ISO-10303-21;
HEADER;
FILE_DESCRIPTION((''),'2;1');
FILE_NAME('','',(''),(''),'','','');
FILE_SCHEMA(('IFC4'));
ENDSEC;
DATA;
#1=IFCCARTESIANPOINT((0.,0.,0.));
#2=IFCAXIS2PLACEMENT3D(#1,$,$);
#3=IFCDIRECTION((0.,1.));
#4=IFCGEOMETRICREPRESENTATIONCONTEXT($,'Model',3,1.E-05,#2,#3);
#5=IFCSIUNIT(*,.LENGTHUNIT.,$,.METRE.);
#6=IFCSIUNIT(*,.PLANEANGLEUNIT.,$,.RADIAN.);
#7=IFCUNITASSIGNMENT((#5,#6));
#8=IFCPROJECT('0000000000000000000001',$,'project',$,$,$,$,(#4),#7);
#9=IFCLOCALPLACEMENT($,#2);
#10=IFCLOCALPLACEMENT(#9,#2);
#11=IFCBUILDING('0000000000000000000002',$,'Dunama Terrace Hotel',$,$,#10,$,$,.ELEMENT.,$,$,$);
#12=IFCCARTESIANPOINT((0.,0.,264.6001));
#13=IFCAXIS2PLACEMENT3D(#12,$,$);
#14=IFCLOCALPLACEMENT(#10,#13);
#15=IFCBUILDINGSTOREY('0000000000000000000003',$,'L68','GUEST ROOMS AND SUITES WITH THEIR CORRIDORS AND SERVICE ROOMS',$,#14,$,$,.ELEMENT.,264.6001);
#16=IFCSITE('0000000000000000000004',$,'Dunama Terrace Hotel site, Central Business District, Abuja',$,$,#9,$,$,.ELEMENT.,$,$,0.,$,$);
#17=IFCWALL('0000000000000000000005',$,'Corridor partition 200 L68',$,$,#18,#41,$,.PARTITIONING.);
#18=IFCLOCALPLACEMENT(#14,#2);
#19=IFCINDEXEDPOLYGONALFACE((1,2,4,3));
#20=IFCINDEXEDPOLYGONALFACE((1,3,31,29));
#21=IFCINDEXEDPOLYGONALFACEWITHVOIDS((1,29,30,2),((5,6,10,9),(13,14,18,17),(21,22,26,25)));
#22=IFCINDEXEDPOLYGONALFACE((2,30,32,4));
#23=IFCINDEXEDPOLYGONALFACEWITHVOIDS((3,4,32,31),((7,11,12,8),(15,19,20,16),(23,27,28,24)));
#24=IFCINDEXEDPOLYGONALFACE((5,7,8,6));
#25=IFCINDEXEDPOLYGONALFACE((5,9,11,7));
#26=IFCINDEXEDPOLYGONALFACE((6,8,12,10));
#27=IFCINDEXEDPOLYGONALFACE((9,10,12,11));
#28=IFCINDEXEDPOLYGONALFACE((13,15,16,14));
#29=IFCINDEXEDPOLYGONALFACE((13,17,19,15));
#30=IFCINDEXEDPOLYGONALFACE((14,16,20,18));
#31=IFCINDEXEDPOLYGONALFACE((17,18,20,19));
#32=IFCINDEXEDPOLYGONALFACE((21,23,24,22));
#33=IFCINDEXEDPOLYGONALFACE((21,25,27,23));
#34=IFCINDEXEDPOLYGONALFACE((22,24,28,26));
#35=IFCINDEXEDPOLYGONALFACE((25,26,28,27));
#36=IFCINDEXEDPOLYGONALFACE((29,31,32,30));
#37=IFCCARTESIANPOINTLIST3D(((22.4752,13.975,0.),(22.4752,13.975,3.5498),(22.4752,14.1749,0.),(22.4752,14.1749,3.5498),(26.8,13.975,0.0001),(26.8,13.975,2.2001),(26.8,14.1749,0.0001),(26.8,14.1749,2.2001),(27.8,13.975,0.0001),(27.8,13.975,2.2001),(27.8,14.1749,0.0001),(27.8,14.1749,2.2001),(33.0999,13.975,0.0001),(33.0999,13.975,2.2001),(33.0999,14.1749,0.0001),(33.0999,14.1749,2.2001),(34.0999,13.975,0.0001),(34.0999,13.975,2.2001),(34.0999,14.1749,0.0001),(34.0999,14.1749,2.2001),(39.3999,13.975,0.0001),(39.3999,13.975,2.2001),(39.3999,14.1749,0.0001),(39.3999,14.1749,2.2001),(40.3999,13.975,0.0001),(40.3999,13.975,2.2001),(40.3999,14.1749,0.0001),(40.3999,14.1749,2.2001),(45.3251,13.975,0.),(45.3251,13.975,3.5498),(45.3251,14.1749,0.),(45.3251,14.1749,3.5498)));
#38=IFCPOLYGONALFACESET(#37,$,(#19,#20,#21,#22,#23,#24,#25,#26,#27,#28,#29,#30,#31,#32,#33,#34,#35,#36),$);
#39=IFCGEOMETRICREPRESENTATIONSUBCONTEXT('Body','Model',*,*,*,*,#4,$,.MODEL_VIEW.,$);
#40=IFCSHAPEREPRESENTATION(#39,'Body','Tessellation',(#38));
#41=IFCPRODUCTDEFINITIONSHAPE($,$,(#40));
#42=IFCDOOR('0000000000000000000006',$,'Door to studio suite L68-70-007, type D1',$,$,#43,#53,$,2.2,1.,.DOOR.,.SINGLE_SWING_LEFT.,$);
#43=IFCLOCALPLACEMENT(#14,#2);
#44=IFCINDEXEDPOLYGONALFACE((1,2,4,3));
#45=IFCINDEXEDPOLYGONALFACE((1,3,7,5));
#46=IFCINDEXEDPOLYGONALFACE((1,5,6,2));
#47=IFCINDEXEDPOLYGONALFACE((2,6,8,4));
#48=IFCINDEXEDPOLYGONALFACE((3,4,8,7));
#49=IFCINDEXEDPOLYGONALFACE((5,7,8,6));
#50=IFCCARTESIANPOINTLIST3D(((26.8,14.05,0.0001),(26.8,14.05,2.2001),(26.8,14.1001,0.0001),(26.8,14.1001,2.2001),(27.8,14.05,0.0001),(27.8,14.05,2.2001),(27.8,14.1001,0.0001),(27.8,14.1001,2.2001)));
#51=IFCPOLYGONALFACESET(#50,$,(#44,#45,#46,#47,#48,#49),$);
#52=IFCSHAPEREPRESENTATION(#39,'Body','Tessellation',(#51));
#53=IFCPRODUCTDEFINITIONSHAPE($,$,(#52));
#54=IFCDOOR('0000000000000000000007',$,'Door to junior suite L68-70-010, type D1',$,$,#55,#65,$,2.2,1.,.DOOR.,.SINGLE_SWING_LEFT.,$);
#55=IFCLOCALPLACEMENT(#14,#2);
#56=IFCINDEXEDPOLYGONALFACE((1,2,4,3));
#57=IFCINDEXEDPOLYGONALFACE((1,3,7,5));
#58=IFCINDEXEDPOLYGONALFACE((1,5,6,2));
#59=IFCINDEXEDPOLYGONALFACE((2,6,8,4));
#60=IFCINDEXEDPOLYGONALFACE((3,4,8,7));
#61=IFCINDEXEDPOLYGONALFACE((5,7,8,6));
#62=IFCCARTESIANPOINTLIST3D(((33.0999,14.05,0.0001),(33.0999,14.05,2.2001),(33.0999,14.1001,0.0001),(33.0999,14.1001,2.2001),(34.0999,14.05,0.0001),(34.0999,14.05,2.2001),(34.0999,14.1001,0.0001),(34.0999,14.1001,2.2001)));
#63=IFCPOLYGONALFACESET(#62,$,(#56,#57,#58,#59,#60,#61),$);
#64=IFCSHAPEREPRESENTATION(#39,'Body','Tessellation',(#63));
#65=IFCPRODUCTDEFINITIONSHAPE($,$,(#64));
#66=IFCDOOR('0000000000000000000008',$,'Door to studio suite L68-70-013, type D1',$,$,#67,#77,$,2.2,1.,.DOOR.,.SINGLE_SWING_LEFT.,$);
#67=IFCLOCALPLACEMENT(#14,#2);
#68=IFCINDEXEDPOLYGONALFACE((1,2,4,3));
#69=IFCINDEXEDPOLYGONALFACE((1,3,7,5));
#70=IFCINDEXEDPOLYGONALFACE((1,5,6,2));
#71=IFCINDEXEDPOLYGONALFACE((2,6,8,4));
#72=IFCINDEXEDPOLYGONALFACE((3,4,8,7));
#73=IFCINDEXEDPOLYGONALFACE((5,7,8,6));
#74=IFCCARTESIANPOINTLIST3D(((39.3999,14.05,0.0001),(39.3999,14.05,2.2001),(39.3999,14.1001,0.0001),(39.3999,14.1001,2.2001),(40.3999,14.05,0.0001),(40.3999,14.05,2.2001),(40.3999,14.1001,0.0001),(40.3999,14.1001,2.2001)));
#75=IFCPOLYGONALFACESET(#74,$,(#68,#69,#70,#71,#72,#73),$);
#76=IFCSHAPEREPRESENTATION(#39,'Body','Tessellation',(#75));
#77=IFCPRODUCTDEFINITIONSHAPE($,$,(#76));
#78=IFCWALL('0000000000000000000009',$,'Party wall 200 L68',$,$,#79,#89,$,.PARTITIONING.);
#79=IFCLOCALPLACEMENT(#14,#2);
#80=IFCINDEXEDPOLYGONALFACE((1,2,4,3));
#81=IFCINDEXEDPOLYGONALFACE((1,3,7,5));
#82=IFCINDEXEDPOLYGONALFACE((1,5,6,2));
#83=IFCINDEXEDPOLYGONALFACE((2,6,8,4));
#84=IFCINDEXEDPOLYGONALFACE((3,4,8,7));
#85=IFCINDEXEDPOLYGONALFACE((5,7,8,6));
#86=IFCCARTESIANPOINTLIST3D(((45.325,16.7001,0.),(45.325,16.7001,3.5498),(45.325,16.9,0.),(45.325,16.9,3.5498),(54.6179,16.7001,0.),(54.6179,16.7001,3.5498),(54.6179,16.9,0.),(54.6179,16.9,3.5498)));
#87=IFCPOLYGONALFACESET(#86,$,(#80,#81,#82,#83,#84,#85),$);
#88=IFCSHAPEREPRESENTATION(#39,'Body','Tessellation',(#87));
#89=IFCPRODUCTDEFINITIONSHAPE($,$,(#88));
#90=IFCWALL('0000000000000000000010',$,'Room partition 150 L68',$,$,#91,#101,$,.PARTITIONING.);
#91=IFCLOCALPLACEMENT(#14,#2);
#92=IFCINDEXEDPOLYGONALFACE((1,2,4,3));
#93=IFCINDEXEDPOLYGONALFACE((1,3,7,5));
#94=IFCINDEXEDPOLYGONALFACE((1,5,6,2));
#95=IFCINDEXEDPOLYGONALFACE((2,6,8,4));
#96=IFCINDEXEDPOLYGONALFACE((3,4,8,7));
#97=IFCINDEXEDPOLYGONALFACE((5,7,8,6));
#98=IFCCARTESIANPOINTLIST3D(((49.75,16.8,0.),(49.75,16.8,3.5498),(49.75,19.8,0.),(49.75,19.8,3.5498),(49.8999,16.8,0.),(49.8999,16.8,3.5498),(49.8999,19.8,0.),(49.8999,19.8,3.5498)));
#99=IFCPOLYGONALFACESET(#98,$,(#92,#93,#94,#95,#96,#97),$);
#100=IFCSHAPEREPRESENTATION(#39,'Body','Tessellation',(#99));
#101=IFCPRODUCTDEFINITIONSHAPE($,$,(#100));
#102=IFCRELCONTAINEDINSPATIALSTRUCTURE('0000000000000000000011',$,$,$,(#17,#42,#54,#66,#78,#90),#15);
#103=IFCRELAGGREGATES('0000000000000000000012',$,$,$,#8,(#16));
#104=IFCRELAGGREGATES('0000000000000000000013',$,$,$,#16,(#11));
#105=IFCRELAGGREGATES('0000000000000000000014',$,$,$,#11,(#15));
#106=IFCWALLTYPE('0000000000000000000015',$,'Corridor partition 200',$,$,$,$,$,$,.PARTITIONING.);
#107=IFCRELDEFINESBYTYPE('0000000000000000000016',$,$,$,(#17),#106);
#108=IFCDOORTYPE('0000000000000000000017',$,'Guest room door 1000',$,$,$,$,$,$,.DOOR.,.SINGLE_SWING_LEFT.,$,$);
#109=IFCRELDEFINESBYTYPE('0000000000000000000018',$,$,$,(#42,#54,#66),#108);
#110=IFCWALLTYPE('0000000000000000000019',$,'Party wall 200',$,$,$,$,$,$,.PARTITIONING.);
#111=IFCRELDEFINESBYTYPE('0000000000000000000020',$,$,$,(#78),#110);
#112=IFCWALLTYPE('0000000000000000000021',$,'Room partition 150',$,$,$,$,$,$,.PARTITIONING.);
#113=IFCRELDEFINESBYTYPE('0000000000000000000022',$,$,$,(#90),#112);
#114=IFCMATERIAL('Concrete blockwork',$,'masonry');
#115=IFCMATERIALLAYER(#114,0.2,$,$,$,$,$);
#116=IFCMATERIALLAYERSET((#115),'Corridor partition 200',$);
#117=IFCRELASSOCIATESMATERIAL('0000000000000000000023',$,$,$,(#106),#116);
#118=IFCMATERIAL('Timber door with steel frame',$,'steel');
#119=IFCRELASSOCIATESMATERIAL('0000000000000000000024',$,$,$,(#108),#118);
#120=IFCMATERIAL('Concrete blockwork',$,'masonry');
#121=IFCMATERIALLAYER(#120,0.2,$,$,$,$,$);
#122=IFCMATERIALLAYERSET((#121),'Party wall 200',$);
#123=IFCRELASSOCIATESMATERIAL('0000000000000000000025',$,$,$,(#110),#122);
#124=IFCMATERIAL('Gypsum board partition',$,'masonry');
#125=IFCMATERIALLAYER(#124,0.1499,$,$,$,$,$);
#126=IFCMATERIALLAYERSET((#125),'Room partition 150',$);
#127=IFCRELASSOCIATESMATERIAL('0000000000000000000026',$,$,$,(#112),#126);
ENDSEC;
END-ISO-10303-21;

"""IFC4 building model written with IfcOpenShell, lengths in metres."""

from ifc_helpers import new_model, si_unit, direction, frame, frame_2d, origin, place, context, subcontext, project, spatial, rectangle, extrude, material, layer, layer_set, type_object, element, fill, save


model = new_model("IFC4")

# Units and contexts
model_context = context("Model", 3, precision=1e-05, world=origin(), true_north=direction((0.0, 1.0)))
body_context = subcontext(model_context, "Body", "Model", "MODEL_VIEW")
ifc_project = project(units=[si_unit("LENGTHUNIT", "METRE"), si_unit("PLANEANGLEUNIT", "RADIAN")], contexts=[model_context])

# Site, building, storey
site_placement = place(None, origin())
site = spatial("IfcSite", under=ifc_project, at=site_placement, Name="Dunama Terrace Hotel site, Central Business District, Abuja", CompositionType="ELEMENT", RefElevation=0.0)
building_placement = place(site_placement, origin())
building = spatial("IfcBuilding", under=site, at=building_placement, Name="Dunama Terrace Hotel", CompositionType="ELEMENT")
storey_placement = place(building_placement, frame((0.0, 0.0, 264.6001)))
storey = spatial("IfcBuildingStorey", under=building, at=storey_placement, Name="L68", Description="GUEST ROOMS AND SUITES WITH THEIR CORRIDORS AND SERVICE ROOMS", CompositionType="ELEMENT", Elevation=264.6001)

# Wall, openings, doors
ifc_material_1 = material(Name="Concrete blockwork", Category="masonry")
ifc_layer_1 = layer(ifc_material_1, 0.2)
ifc_layer_set_1 = layer_set([ifc_layer_1], Name="Corridor partition 200")
wall_type_1 = type_object("IfcWallType", Name="Corridor partition 200", PredefinedType="PARTITIONING", material=ifc_layer_set_1)
wall_1_placement = place(storey_placement, frame((45.325, 14.075, 0.0), z_axis=(0.0, 0.0, 1.0), x_axis=(-1.0, 0.0, 0.0)))
wall_1 = element("IfcWall", 1, at=wall_1_placement, inside=storey, type_object=wall_type_1, Name="Corridor partition 200 L68", PredefinedType="PARTITIONING", context=body_context, shape_type="SweptSolid", body=[
    extrude(rectangle(XDim=22.8499, YDim=0.2, at=frame_2d((11.4248, 0.0))), origin(), (0.0, 0.0, 1.0), 3.5498),
])
opening_1_placement = place(wall_1_placement, frame((17.5249, 0.0, 0.0)))
opening_1 = element("IfcOpeningElement", 2, at=opening_1_placement, cuts=wall_1, PredefinedType="OPENING", context=body_context, shape_type="SweptSolid", body=[
    extrude(rectangle(XDim=1.0, YDim=2.2, at=frame_2d((0.5, 1.1001))), frame((0.0, 0.1099, 0.0), z_axis=(0.0, -1.0, 0.0), x_axis=(1.0, 0.0, 0.0)), (0.0, 0.0, 1.0), 0.22),
])
opening_2_placement = place(wall_1_placement, frame((11.2251, 0.0, 0.0)))
opening_2 = element("IfcOpeningElement", 3, at=opening_2_placement, cuts=wall_1, PredefinedType="OPENING", context=body_context, shape_type="SweptSolid", body=[
    extrude(rectangle(XDim=1.0, YDim=2.2, at=frame_2d((0.5, 1.1001))), frame((0.0, 0.1099, 0.0), z_axis=(0.0, -1.0, 0.0), x_axis=(1.0, 0.0, 0.0)), (0.0, 0.0, 1.0), 0.22),
])
opening_3_placement = place(wall_1_placement, frame((4.925, 0.0, 0.0)))
opening_3 = element("IfcOpeningElement", 4, at=opening_3_placement, cuts=wall_1, PredefinedType="OPENING", context=body_context, shape_type="SweptSolid", body=[
    extrude(rectangle(XDim=1.0, YDim=2.2, at=frame_2d((0.5, 1.1001))), frame((0.0, 0.1099, 0.0), z_axis=(0.0, -1.0, 0.0), x_axis=(1.0, 0.0, 0.0)), (0.0, 0.0, 1.0), 0.22),
])
ifc_material_2 = material(Name="Timber door with steel frame", Category="steel")
door_type_1 = type_object("IfcDoorType", Name="Guest room door 1000", OperationType="SINGLE_SWING_LEFT", PredefinedType="DOOR", material=ifc_material_2)
door_1_placement = place(opening_1_placement, origin())
door_1 = element("IfcDoor", 5, at=door_1_placement, inside=storey, type_object=door_type_1, Name="Door to studio suite L68-70-007, type D1", OperationType="SINGLE_SWING_LEFT", OverallHeight=2.2, OverallWidth=1.0, PredefinedType="DOOR", context=body_context, shape_type="SweptSolid", body=[
    extrude(rectangle(XDim=1.0, YDim=2.2, at=frame_2d((0.5, 1.1001))), frame((0.0, 0.0249, 0.0), z_axis=(0.0, -1.0, 0.0), x_axis=(1.0, 0.0, 0.0)), (0.0, 0.0, 1.0), 0.05),
])
fill(opening_1, door_1)
door_2_placement = place(opening_2_placement, origin())
door_2 = element("IfcDoor", 6, at=door_2_placement, inside=storey, type_object=door_type_1, Name="Door to junior suite L68-70-010, type D1", OperationType="SINGLE_SWING_LEFT", OverallHeight=2.2, OverallWidth=1.0, PredefinedType="DOOR", context=body_context, shape_type="SweptSolid", body=[
    extrude(rectangle(XDim=1.0, YDim=2.2, at=frame_2d((0.5, 1.1001))), frame((0.0, 0.0249, 0.0), z_axis=(0.0, -1.0, 0.0), x_axis=(1.0, 0.0, 0.0)), (0.0, 0.0, 1.0), 0.05),
])
fill(opening_2, door_2)
door_3_placement = place(opening_3_placement, origin())
door_3 = element("IfcDoor", 7, at=door_3_placement, inside=storey, type_object=door_type_1, Name="Door to studio suite L68-70-013, type D1", OperationType="SINGLE_SWING_LEFT", OverallHeight=2.2, OverallWidth=1.0, PredefinedType="DOOR", context=body_context, shape_type="SweptSolid", body=[
    extrude(rectangle(XDim=1.0, YDim=2.2, at=frame_2d((0.5, 1.1001))), frame((0.0, 0.0249, 0.0), z_axis=(0.0, -1.0, 0.0), x_axis=(1.0, 0.0, 0.0)), (0.0, 0.0, 1.0), 0.05),
])
fill(opening_3, door_3)

# Walls
ifc_material_3 = material(Name="Concrete blockwork", Category="masonry")
ifc_layer_2 = layer(ifc_material_3, 0.2)
ifc_layer_set_2 = layer_set([ifc_layer_2], Name="Party wall 200")
wall_type_2 = type_object("IfcWallType", Name="Party wall 200", PredefinedType="PARTITIONING", material=ifc_layer_set_2)
wall_2_placement = place(storey_placement, frame((45.325, 16.8, 0.0), z_axis=(0.0, 0.0, 1.0), x_axis=(1.0, 0.0, 0.0)))
element("IfcWall", 8, at=wall_2_placement, inside=storey, type_object=wall_type_2, Name="Party wall 200 L68", PredefinedType="PARTITIONING", context=body_context, shape_type="SweptSolid", body=[
    extrude(rectangle(XDim=9.293, YDim=0.2, at=frame_2d((4.6465, 0.0))), origin(), (0.0, 0.0, 1.0), 3.5498),
])
ifc_material_4 = material(Name="Gypsum board partition", Category="masonry")
ifc_layer_3 = layer(ifc_material_4, 0.1499)
ifc_layer_set_3 = layer_set([ifc_layer_3], Name="Room partition 150")
wall_type_3 = type_object("IfcWallType", Name="Room partition 150", PredefinedType="PARTITIONING", material=ifc_layer_set_3)
wall_3_placement = place(storey_placement, frame((49.825, 16.8, 0.0), z_axis=(0.0, 0.0, 1.0), x_axis=(0.0, 1.0, 0.0)))
element("IfcWall", 9, at=wall_3_placement, inside=storey, type_object=wall_type_3, Name="Room partition 150 L68", PredefinedType="PARTITIONING", context=body_context, shape_type="SweptSolid", body=[
    extrude(rectangle(XDim=3.0, YDim=0.1499, at=frame_2d((1.5, 0.0))), origin(), (0.0, 0.0, 1.0), 3.5498),
])

save(model, "model.ifc")
